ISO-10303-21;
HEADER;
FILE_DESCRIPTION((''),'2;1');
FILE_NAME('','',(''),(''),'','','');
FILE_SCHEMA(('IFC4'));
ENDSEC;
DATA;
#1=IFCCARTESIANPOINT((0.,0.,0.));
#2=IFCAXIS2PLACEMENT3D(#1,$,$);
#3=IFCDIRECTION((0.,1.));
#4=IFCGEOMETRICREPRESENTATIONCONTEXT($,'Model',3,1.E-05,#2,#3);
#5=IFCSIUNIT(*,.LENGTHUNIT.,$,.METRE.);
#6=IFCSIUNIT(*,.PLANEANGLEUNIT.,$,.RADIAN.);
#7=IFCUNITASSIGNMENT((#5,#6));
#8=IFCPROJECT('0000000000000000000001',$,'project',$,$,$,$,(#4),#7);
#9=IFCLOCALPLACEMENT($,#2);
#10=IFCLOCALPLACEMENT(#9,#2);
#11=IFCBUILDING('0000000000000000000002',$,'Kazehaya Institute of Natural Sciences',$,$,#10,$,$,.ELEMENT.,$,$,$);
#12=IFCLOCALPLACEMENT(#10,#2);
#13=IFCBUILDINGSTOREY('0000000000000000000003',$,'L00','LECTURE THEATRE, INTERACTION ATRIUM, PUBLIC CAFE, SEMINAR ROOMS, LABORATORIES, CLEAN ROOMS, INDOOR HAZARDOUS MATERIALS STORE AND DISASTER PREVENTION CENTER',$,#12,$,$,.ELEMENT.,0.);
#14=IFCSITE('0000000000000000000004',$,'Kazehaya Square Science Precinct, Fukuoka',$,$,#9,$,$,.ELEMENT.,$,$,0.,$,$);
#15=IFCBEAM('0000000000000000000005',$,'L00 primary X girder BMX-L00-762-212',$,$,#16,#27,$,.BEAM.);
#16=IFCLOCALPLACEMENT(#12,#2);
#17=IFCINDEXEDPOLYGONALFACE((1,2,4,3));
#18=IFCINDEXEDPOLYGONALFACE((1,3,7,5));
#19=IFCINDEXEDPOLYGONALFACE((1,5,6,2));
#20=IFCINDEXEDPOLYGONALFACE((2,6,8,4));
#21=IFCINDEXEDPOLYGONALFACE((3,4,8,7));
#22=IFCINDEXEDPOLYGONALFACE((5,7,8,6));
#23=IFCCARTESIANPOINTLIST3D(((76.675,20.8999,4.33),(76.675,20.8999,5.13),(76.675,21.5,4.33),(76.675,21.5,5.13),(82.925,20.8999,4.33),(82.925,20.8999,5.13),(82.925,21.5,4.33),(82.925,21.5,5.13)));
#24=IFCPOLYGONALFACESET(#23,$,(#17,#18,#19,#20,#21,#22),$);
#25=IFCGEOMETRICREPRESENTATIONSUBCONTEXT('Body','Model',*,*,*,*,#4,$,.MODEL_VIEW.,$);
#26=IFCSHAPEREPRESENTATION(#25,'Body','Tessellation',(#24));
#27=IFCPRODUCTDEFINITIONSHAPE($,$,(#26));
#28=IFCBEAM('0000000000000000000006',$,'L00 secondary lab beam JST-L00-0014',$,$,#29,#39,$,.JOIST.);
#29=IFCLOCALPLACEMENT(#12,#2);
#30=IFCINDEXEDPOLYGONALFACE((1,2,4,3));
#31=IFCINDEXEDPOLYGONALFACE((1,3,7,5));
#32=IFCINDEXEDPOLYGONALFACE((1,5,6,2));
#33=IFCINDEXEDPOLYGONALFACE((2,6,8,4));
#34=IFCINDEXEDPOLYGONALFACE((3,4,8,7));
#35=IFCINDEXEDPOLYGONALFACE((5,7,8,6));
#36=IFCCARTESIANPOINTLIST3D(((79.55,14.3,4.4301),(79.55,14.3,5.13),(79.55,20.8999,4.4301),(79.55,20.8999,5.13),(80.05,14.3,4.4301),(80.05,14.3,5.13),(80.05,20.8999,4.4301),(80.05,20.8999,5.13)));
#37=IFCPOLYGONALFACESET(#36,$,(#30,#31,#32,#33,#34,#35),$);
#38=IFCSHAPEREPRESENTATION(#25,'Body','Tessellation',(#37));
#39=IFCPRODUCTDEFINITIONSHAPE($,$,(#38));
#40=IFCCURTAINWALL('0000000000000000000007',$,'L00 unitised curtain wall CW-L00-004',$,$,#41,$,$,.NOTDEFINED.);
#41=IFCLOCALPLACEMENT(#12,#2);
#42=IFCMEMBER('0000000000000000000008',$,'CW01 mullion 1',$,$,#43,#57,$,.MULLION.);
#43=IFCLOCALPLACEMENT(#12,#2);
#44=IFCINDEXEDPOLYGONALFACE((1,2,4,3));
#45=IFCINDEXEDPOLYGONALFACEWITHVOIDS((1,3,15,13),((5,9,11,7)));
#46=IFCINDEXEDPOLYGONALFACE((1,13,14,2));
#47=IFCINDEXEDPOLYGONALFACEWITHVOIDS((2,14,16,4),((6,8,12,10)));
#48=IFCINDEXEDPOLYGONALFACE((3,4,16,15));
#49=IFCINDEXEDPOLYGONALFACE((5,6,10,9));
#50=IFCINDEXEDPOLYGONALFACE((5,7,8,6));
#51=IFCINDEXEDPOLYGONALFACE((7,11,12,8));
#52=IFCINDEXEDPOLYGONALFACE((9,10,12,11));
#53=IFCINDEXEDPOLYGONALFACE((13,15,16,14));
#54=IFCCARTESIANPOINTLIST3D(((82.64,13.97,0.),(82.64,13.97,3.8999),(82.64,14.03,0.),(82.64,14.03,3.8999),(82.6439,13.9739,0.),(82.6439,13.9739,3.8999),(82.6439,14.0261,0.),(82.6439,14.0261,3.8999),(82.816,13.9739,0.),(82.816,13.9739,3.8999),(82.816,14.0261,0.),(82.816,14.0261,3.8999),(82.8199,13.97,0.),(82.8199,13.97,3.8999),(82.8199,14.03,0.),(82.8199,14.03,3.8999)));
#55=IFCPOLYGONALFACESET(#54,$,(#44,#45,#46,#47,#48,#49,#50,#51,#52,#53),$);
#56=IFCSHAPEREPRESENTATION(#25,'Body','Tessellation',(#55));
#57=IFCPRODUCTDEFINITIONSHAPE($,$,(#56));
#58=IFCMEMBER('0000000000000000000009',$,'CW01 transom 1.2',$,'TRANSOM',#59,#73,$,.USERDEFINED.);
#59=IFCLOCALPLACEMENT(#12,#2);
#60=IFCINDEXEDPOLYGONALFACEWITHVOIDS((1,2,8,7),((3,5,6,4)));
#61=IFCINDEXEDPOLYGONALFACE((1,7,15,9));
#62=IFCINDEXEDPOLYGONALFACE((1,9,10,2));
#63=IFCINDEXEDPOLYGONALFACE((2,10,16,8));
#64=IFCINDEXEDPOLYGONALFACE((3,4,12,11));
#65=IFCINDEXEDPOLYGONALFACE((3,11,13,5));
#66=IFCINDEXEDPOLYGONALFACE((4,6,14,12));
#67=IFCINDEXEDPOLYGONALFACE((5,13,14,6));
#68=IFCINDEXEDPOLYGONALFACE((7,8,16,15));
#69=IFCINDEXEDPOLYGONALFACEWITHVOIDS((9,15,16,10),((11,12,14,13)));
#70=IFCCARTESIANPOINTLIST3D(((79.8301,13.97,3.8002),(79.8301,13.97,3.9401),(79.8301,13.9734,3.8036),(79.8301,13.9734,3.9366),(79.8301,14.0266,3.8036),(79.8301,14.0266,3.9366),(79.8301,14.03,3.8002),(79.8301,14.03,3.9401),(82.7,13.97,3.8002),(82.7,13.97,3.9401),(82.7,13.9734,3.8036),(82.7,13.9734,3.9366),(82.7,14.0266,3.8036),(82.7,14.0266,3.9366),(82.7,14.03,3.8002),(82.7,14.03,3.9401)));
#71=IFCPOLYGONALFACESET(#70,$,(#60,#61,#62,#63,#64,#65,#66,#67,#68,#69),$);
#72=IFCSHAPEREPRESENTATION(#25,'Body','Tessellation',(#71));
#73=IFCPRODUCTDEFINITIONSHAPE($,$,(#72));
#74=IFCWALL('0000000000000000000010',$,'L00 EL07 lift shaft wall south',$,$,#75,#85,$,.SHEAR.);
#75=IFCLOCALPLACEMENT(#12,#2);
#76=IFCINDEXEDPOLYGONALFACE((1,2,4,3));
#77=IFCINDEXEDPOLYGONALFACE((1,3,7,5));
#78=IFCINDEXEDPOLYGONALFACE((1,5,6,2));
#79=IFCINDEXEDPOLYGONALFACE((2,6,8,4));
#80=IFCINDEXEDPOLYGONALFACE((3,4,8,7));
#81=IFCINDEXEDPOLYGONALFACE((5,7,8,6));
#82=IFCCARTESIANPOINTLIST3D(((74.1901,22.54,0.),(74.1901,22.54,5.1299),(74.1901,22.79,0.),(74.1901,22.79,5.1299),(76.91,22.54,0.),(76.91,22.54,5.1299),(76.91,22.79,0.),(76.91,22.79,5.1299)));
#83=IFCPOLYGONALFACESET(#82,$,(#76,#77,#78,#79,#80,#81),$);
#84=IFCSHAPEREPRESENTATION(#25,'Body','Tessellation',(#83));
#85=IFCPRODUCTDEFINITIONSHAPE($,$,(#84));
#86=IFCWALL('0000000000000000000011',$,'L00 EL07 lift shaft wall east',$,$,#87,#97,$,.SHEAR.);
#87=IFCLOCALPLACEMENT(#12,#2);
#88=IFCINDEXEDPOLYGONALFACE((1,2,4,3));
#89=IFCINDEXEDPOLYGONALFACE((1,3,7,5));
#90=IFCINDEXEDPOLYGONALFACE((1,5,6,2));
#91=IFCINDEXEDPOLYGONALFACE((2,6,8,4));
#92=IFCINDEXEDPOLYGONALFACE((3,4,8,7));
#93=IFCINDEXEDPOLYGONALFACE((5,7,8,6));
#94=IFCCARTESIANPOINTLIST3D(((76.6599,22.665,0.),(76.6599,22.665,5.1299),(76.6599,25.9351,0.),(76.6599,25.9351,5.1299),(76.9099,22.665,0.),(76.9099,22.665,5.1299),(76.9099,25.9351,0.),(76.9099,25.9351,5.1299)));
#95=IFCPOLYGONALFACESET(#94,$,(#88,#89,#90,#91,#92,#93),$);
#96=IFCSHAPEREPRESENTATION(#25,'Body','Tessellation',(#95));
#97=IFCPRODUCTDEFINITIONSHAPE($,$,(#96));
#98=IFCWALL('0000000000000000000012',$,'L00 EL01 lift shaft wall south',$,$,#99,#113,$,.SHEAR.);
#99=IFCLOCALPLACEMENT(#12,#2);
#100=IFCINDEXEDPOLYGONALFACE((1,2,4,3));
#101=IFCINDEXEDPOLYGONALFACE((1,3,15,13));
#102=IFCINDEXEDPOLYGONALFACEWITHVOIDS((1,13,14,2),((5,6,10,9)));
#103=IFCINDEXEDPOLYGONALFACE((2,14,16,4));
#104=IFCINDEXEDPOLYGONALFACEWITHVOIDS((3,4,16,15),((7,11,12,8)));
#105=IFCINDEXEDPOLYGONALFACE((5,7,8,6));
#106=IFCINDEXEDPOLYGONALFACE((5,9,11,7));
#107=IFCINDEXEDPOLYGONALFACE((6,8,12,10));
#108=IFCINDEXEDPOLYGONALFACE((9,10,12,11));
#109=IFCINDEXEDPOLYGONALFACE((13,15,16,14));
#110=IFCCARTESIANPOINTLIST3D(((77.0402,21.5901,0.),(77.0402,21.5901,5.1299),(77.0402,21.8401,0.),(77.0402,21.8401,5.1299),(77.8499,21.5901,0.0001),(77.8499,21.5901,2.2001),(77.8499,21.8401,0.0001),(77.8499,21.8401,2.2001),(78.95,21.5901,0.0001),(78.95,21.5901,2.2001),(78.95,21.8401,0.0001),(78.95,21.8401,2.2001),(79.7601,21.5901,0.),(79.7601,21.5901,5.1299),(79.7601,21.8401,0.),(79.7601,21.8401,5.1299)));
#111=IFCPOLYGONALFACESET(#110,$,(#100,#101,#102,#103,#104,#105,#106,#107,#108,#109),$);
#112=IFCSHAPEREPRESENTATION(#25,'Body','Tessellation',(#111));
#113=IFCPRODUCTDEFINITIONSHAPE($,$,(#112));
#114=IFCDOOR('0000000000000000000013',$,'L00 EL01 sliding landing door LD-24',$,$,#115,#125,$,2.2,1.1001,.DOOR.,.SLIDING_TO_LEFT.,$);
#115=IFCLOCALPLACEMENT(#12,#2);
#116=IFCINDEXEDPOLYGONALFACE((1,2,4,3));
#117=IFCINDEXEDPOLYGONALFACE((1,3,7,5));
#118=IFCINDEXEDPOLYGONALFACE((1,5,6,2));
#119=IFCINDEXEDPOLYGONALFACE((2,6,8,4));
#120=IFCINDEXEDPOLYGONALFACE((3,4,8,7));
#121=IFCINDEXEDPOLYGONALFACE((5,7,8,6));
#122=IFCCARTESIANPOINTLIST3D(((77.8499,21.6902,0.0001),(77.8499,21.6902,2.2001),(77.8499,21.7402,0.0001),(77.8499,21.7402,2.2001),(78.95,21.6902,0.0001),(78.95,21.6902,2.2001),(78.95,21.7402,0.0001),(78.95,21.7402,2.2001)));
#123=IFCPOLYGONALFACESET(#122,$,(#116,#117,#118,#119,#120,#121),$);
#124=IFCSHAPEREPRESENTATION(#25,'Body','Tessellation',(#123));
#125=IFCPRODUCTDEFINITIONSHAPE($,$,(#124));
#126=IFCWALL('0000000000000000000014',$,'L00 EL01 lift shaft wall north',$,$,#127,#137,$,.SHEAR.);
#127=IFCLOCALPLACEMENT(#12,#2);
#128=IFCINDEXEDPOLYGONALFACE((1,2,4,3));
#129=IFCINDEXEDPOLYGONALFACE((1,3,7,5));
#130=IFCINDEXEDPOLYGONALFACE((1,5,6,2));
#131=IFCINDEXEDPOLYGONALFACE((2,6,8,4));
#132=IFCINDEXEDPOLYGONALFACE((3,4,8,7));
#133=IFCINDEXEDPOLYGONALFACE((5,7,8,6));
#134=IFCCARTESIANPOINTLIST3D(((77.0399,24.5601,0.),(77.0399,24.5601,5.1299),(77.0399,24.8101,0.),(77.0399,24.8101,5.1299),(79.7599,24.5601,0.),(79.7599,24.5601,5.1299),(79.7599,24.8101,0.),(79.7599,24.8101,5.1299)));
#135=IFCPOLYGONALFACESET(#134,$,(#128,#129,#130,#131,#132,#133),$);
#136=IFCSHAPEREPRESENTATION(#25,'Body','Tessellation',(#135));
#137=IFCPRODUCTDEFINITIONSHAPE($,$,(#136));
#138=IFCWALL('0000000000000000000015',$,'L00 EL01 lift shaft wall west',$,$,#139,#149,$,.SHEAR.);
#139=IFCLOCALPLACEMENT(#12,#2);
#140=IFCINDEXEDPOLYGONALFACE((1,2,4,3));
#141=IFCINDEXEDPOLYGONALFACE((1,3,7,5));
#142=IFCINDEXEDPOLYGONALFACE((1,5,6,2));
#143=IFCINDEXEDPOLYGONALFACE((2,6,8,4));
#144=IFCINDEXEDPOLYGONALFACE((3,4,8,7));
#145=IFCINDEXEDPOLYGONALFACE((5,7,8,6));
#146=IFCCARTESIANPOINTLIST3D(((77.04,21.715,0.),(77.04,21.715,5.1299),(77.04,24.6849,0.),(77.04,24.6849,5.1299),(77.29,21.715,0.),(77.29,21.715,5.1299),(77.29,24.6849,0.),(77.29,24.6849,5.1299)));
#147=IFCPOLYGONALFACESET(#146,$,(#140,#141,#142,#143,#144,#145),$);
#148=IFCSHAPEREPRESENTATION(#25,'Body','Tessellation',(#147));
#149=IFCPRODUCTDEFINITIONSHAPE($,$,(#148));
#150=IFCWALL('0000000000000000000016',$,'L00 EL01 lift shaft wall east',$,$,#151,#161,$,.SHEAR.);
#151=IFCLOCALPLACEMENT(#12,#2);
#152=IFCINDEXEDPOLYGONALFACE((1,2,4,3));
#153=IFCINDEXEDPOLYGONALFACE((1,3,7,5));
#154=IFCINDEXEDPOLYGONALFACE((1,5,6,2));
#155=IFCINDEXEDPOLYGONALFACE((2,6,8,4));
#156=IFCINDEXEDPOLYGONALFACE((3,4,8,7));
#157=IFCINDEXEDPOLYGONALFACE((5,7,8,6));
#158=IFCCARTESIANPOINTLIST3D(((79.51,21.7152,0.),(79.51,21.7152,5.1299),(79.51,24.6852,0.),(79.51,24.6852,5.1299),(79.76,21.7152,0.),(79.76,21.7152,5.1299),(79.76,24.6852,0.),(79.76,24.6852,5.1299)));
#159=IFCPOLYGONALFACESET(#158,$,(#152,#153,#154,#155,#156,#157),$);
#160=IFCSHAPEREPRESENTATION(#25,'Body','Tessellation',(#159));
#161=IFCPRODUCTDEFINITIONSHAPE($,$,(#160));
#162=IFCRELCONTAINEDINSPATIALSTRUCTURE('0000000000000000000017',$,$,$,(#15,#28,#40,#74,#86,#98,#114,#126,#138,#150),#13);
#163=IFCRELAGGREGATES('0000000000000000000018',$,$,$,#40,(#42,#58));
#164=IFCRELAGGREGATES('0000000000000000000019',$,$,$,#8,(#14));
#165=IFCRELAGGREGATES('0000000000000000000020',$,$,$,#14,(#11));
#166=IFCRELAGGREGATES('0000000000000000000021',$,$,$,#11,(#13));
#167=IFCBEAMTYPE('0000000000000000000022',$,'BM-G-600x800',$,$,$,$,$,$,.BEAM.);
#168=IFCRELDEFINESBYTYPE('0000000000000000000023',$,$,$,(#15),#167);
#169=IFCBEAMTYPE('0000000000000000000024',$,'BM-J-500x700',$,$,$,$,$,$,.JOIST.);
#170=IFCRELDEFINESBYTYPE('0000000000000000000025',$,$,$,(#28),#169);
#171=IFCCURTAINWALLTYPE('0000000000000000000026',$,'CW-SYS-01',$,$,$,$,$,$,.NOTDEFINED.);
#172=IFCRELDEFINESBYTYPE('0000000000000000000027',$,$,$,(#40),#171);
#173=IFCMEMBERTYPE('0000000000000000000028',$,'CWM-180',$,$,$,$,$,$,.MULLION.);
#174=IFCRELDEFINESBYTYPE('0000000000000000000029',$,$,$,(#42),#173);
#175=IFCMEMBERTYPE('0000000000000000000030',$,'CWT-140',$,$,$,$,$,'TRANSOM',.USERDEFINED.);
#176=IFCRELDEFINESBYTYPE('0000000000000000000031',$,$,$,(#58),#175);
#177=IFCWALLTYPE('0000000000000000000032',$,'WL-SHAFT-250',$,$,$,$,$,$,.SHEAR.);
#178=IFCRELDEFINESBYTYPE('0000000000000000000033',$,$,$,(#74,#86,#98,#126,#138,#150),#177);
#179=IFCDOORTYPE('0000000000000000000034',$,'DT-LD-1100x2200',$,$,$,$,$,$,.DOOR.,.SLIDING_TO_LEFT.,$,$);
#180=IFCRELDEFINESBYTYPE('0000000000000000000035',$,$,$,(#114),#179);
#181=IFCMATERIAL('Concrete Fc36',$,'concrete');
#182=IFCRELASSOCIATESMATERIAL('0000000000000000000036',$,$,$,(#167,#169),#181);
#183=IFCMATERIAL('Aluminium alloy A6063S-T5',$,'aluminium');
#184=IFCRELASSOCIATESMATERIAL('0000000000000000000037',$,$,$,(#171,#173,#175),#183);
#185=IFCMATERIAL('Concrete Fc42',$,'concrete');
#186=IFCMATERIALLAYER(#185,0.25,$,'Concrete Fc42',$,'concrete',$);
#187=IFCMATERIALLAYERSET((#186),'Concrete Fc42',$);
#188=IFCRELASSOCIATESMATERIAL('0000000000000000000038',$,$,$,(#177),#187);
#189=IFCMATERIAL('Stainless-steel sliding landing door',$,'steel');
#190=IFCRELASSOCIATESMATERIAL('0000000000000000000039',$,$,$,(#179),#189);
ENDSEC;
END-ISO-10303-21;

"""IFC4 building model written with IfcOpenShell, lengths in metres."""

from ifc_helpers import new_model, si_unit, direction, frame, frame_2d, origin, origin_2d, place, context, subcontext, project, spatial, rectangle, hollow_rectangle, extrude, material, layer, layer_set, material_profile, profile_set, type_object, element, fill, aggregate, save


model = new_model("IFC4")

# Units and contexts
model_context = context("Model", 3, precision=1e-05, world=origin(), true_north=direction((0.0, 1.0)))
body_context = subcontext(model_context, "Body", "Model", "MODEL_VIEW")
ifc_project = project(units=[si_unit("LENGTHUNIT", "METRE"), si_unit("PLANEANGLEUNIT", "RADIAN")], contexts=[model_context])

# Site, building, storey
site_placement = place(None, origin())
site = spatial("IfcSite", under=ifc_project, at=site_placement, Name="Kazehaya Square Science Precinct, Fukuoka", CompositionType="ELEMENT", RefElevation=0.0)
building_placement = place(site_placement, origin())
building = spatial("IfcBuilding", under=site, at=building_placement, Name="Kazehaya Institute of Natural Sciences", CompositionType="ELEMENT")
storey_placement = place(building_placement, origin())
storey = spatial("IfcBuildingStorey", under=building, at=storey_placement, Name="L00", Description="LECTURE THEATRE, INTERACTION ATRIUM, PUBLIC CAFE, SEMINAR ROOMS, LABORATORIES, CLEAN ROOMS, INDOOR HAZARDOUS MATERIALS STORE AND DISASTER PREVENTION CENTER", CompositionType="ELEMENT", Elevation=0.0)

# Beams
ifc_material_1 = material(Name="Concrete Fc36", Category="concrete")
ifc_material_profile_1 = material_profile(ifc_material_1, rectangle(XDim=0.6001, YDim=0.8, at=origin_2d()), Name="RC-600x800")
ifc_profile_set_1 = profile_set([ifc_material_profile_1], Name="Concrete Fc36")
beam_type_1 = type_object("IfcBeamType", Name="BM-G-600x800", PredefinedType="BEAM", material=ifc_profile_set_1)
beam_1_placement = place(storey_placement, frame((76.675, 21.2, 4.73), z_axis=(1.0, 0.0, 0.0), x_axis=(0.0, 1.0, 0.0)))
element("IfcBeam", 1, at=beam_1_placement, inside=storey, type_object=beam_type_1, Name="L00 primary X girder BMX-L00-762-212", PredefinedType="BEAM", context=body_context, shape_type="SweptSolid", body=[
    extrude(rectangle(XDim=0.6001, YDim=0.8, at=origin_2d()), origin(), (0.0, 0.0, 1.0), 6.25),
])
ifc_material_profile_2 = material_profile(ifc_material_1, rectangle(XDim=0.5, YDim=0.7, at=origin_2d()), Name="RC-500x700")
ifc_profile_set_2 = profile_set([ifc_material_profile_2], Name="Concrete Fc36")
beam_type_2 = type_object("IfcBeamType", Name="BM-J-500x700", PredefinedType="JOIST", material=ifc_profile_set_2)
beam_2_placement = place(storey_placement, frame((79.8, 14.3, 4.78), z_axis=(0.0, 1.0, 0.0), x_axis=(-1.0, 0.0, 0.0)))
element("IfcBeam", 2, at=beam_2_placement, inside=storey, type_object=beam_type_2, Name="L00 secondary lab beam JST-L00-0014", PredefinedType="JOIST", context=body_context, shape_type="SweptSolid", body=[
    extrude(rectangle(XDim=0.5, YDim=0.7, at=origin_2d()), origin(), (0.0, 0.0, 1.0), 6.5999),
])

# Curtain wall, members
ifc_material_2 = material(Name="Aluminium alloy A6063S-T5", Category="aluminium")
curtain_wall_type = type_object("IfcCurtainWallType", Name="CW-SYS-01", PredefinedType="NOTDEFINED", material=ifc_material_2)
curtain_wall_placement = place(storey_placement, origin())
curtain_wall = element("IfcCurtainWall", 3, at=curtain_wall_placement, inside=storey, type_object=curtain_wall_type, Name="L00 unitised curtain wall CW-L00-004", PredefinedType="NOTDEFINED")
ifc_material_profile_3 = material_profile(ifc_material_2, hollow_rectangle(XDim=0.0601, YDim=0.1799, WallThickness=0.0039, at=origin_2d()), Name="ALU-60x180x4")
ifc_profile_set_3 = profile_set([ifc_material_profile_3], Name="Aluminium alloy A6063S-T5")
member_type_1 = type_object("IfcMemberType", Name="CWM-180", PredefinedType="MULLION", material=ifc_profile_set_3)
member_1_placement = place(storey_placement, frame((82.73, 14.0, 0.0), z_axis=(0.0, 0.0, 1.0), x_axis=(0.0, -1.0, 0.0)))
member_1 = element("IfcMember", 4, at=member_1_placement, type_object=member_type_1, Name="CW01 mullion 1", PredefinedType="MULLION", context=body_context, shape_type="SweptSolid", body=[
    extrude(hollow_rectangle(XDim=0.0601, YDim=0.1799, WallThickness=0.0039, at=origin_2d()), origin(), (0.0, 0.0, 1.0), 3.8999),
])
ifc_material_profile_4 = material_profile(ifc_material_2, hollow_rectangle(XDim=0.0601, YDim=0.1399, WallThickness=0.0034, at=origin_2d()), Name="ALU-60x140x3.5")
ifc_profile_set_4 = profile_set([ifc_material_profile_4], Name="Aluminium alloy A6063S-T5")
member_type_2 = type_object("IfcMemberType", Name="CWT-140", ElementType="TRANSOM", PredefinedType="USERDEFINED", material=ifc_profile_set_4)
member_2_placement = place(storey_placement, frame((82.7, 14.0, 3.8701), z_axis=(-1.0, 0.0, 0.0), x_axis=(0.0, -1.0, 0.0)))
member_2 = element("IfcMember", 5, at=member_2_placement, type_object=member_type_2, Name="CW01 transom 1.2", ObjectType="TRANSOM", PredefinedType="USERDEFINED", context=body_context, shape_type="SweptSolid", body=[
    extrude(hollow_rectangle(XDim=0.0601, YDim=0.1399, WallThickness=0.0034, at=origin_2d()), origin(), (0.0, 0.0, 1.0), 2.8699),
])
aggregate(curtain_wall, [member_1, member_2])

# Walls
ifc_material_3 = material(Name="Concrete Fc42", Category="concrete")
ifc_layer_1 = layer(ifc_material_3, 0.25, Name="Concrete Fc42", Category="concrete")
ifc_layer_set_1 = layer_set([ifc_layer_1], Name="Concrete Fc42")
wall_type = type_object("IfcWallType", Name="WL-SHAFT-250", PredefinedType="SHEAR", material=ifc_layer_set_1)
wall_1_placement = place(storey_placement, frame((76.9099, 22.665, 0.0), z_axis=(0.0, 0.0, 1.0), x_axis=(-1.0, 0.0, 0.0)))
element("IfcWall", 6, at=wall_1_placement, inside=storey, type_object=wall_type, Name="L00 EL07 lift shaft wall south", PredefinedType="SHEAR", context=body_context, shape_type="SweptSolid", body=[
    extrude(rectangle(XDim=2.72, YDim=0.25, at=frame_2d((1.3599, 0.0))), origin(), (0.0, 0.0, 1.0), 5.1299),
])
wall_2_placement = place(storey_placement, frame((76.7849, 25.9351, 0.0), z_axis=(0.0, 0.0, 1.0), x_axis=(0.0, -1.0, 0.0)))
element("IfcWall", 7, at=wall_2_placement, inside=storey, type_object=wall_type, Name="L00 EL07 lift shaft wall east", PredefinedType="SHEAR", context=body_context, shape_type="SweptSolid", body=[
    extrude(rectangle(XDim=3.27, YDim=0.25, at=frame_2d((1.635, 0.0))), origin(), (0.0, 0.0, 1.0), 5.1299),
])

# Wall, opening, door
wall_3_placement = place(storey_placement, frame((79.76, 21.7151, 0.0), z_axis=(0.0, 0.0, 1.0), x_axis=(-1.0, 0.0, 0.0)))
wall_3 = element("IfcWall", 8, at=wall_3_placement, inside=storey, type_object=wall_type, Name="L00 EL01 lift shaft wall south", PredefinedType="SHEAR", context=body_context, shape_type="SweptSolid", body=[
    extrude(rectangle(XDim=2.72, YDim=0.25, at=frame_2d((1.3599, 0.0))), origin(), (0.0, 0.0, 1.0), 5.1299),
])
opening_1_placement = place(wall_3_placement, frame((0.8101, 0.0, 0.0)))
opening_1 = element("IfcOpeningElement", 9, at=opening_1_placement, cuts=wall_3, PredefinedType="OPENING", context=body_context, shape_type="SweptSolid", body=[
    extrude(rectangle(XDim=1.1001, YDim=2.2, at=frame_2d((0.55, 1.1001))), frame((0.0, 0.135, 0.0), z_axis=(0.0, -1.0, 0.0), x_axis=(1.0, 0.0, 0.0)), (0.0, 0.0, 1.0), 0.27),
])
ifc_material_4 = material(Name="Stainless-steel sliding landing door", Category="steel")
door_type = type_object("IfcDoorType", Name="DT-LD-1100x2200", OperationType="SLIDING_TO_LEFT", PredefinedType="DOOR", material=ifc_material_4)
door_1_placement = place(opening_1_placement, origin())
door_1 = element("IfcDoor", 10, at=door_1_placement, inside=storey, type_object=door_type, Name="L00 EL01 sliding landing door LD-24", OperationType="SLIDING_TO_LEFT", OverallHeight=2.2, OverallWidth=1.1001, PredefinedType="DOOR", context=body_context, shape_type="SweptSolid", body=[
    extrude(rectangle(XDim=1.1001, YDim=2.2, at=frame_2d((0.55, 1.1001))), frame((0.0, 0.0249, 0.0), z_axis=(0.0, -1.0, 0.0), x_axis=(1.0, 0.0, 0.0)), (0.0, 0.0, 1.0), 0.05),
])
fill(opening_1, door_1)

# Walls
wall_4_placement = place(storey_placement, frame((77.04, 24.6851, 0.0), z_axis=(0.0, 0.0, 1.0), x_axis=(1.0, 0.0, 0.0)))
element("IfcWall", 11, at=wall_4_placement, inside=storey, type_object=wall_type, Name="L00 EL01 lift shaft wall north", PredefinedType="SHEAR", context=body_context, shape_type="SweptSolid", body=[
    extrude(rectangle(XDim=2.72, YDim=0.25, at=frame_2d((1.3599, 0.0))), origin(), (0.0, 0.0, 1.0), 5.1299),
])
for number, where, z_axis, x_axis, name in (
    (12, (77.165, 21.7151, 0.0), (0.0, 0.0, 1.0), (0.0, 1.0, 0.0), "L00 EL01 lift shaft wall west"),
    (13, (79.635, 24.6851, 0.0), (0.0, 0.0, 1.0), (0.0, -1.0, 0.0), "L00 EL01 lift shaft wall east"),
):
    element("IfcWall", number, at=place(storey_placement, frame(where, z_axis=z_axis, x_axis=x_axis)), inside=storey, type_object=wall_type, Name=name, PredefinedType="SHEAR", context=body_context, shape_type="SweptSolid", body=[
        extrude(rectangle(XDim=2.97, YDim=0.25, at=frame_2d((1.4849, 0.0))), origin(), (0.0, 0.0, 1.0), 5.1299),
    ])

save(model, "model.ifc")
